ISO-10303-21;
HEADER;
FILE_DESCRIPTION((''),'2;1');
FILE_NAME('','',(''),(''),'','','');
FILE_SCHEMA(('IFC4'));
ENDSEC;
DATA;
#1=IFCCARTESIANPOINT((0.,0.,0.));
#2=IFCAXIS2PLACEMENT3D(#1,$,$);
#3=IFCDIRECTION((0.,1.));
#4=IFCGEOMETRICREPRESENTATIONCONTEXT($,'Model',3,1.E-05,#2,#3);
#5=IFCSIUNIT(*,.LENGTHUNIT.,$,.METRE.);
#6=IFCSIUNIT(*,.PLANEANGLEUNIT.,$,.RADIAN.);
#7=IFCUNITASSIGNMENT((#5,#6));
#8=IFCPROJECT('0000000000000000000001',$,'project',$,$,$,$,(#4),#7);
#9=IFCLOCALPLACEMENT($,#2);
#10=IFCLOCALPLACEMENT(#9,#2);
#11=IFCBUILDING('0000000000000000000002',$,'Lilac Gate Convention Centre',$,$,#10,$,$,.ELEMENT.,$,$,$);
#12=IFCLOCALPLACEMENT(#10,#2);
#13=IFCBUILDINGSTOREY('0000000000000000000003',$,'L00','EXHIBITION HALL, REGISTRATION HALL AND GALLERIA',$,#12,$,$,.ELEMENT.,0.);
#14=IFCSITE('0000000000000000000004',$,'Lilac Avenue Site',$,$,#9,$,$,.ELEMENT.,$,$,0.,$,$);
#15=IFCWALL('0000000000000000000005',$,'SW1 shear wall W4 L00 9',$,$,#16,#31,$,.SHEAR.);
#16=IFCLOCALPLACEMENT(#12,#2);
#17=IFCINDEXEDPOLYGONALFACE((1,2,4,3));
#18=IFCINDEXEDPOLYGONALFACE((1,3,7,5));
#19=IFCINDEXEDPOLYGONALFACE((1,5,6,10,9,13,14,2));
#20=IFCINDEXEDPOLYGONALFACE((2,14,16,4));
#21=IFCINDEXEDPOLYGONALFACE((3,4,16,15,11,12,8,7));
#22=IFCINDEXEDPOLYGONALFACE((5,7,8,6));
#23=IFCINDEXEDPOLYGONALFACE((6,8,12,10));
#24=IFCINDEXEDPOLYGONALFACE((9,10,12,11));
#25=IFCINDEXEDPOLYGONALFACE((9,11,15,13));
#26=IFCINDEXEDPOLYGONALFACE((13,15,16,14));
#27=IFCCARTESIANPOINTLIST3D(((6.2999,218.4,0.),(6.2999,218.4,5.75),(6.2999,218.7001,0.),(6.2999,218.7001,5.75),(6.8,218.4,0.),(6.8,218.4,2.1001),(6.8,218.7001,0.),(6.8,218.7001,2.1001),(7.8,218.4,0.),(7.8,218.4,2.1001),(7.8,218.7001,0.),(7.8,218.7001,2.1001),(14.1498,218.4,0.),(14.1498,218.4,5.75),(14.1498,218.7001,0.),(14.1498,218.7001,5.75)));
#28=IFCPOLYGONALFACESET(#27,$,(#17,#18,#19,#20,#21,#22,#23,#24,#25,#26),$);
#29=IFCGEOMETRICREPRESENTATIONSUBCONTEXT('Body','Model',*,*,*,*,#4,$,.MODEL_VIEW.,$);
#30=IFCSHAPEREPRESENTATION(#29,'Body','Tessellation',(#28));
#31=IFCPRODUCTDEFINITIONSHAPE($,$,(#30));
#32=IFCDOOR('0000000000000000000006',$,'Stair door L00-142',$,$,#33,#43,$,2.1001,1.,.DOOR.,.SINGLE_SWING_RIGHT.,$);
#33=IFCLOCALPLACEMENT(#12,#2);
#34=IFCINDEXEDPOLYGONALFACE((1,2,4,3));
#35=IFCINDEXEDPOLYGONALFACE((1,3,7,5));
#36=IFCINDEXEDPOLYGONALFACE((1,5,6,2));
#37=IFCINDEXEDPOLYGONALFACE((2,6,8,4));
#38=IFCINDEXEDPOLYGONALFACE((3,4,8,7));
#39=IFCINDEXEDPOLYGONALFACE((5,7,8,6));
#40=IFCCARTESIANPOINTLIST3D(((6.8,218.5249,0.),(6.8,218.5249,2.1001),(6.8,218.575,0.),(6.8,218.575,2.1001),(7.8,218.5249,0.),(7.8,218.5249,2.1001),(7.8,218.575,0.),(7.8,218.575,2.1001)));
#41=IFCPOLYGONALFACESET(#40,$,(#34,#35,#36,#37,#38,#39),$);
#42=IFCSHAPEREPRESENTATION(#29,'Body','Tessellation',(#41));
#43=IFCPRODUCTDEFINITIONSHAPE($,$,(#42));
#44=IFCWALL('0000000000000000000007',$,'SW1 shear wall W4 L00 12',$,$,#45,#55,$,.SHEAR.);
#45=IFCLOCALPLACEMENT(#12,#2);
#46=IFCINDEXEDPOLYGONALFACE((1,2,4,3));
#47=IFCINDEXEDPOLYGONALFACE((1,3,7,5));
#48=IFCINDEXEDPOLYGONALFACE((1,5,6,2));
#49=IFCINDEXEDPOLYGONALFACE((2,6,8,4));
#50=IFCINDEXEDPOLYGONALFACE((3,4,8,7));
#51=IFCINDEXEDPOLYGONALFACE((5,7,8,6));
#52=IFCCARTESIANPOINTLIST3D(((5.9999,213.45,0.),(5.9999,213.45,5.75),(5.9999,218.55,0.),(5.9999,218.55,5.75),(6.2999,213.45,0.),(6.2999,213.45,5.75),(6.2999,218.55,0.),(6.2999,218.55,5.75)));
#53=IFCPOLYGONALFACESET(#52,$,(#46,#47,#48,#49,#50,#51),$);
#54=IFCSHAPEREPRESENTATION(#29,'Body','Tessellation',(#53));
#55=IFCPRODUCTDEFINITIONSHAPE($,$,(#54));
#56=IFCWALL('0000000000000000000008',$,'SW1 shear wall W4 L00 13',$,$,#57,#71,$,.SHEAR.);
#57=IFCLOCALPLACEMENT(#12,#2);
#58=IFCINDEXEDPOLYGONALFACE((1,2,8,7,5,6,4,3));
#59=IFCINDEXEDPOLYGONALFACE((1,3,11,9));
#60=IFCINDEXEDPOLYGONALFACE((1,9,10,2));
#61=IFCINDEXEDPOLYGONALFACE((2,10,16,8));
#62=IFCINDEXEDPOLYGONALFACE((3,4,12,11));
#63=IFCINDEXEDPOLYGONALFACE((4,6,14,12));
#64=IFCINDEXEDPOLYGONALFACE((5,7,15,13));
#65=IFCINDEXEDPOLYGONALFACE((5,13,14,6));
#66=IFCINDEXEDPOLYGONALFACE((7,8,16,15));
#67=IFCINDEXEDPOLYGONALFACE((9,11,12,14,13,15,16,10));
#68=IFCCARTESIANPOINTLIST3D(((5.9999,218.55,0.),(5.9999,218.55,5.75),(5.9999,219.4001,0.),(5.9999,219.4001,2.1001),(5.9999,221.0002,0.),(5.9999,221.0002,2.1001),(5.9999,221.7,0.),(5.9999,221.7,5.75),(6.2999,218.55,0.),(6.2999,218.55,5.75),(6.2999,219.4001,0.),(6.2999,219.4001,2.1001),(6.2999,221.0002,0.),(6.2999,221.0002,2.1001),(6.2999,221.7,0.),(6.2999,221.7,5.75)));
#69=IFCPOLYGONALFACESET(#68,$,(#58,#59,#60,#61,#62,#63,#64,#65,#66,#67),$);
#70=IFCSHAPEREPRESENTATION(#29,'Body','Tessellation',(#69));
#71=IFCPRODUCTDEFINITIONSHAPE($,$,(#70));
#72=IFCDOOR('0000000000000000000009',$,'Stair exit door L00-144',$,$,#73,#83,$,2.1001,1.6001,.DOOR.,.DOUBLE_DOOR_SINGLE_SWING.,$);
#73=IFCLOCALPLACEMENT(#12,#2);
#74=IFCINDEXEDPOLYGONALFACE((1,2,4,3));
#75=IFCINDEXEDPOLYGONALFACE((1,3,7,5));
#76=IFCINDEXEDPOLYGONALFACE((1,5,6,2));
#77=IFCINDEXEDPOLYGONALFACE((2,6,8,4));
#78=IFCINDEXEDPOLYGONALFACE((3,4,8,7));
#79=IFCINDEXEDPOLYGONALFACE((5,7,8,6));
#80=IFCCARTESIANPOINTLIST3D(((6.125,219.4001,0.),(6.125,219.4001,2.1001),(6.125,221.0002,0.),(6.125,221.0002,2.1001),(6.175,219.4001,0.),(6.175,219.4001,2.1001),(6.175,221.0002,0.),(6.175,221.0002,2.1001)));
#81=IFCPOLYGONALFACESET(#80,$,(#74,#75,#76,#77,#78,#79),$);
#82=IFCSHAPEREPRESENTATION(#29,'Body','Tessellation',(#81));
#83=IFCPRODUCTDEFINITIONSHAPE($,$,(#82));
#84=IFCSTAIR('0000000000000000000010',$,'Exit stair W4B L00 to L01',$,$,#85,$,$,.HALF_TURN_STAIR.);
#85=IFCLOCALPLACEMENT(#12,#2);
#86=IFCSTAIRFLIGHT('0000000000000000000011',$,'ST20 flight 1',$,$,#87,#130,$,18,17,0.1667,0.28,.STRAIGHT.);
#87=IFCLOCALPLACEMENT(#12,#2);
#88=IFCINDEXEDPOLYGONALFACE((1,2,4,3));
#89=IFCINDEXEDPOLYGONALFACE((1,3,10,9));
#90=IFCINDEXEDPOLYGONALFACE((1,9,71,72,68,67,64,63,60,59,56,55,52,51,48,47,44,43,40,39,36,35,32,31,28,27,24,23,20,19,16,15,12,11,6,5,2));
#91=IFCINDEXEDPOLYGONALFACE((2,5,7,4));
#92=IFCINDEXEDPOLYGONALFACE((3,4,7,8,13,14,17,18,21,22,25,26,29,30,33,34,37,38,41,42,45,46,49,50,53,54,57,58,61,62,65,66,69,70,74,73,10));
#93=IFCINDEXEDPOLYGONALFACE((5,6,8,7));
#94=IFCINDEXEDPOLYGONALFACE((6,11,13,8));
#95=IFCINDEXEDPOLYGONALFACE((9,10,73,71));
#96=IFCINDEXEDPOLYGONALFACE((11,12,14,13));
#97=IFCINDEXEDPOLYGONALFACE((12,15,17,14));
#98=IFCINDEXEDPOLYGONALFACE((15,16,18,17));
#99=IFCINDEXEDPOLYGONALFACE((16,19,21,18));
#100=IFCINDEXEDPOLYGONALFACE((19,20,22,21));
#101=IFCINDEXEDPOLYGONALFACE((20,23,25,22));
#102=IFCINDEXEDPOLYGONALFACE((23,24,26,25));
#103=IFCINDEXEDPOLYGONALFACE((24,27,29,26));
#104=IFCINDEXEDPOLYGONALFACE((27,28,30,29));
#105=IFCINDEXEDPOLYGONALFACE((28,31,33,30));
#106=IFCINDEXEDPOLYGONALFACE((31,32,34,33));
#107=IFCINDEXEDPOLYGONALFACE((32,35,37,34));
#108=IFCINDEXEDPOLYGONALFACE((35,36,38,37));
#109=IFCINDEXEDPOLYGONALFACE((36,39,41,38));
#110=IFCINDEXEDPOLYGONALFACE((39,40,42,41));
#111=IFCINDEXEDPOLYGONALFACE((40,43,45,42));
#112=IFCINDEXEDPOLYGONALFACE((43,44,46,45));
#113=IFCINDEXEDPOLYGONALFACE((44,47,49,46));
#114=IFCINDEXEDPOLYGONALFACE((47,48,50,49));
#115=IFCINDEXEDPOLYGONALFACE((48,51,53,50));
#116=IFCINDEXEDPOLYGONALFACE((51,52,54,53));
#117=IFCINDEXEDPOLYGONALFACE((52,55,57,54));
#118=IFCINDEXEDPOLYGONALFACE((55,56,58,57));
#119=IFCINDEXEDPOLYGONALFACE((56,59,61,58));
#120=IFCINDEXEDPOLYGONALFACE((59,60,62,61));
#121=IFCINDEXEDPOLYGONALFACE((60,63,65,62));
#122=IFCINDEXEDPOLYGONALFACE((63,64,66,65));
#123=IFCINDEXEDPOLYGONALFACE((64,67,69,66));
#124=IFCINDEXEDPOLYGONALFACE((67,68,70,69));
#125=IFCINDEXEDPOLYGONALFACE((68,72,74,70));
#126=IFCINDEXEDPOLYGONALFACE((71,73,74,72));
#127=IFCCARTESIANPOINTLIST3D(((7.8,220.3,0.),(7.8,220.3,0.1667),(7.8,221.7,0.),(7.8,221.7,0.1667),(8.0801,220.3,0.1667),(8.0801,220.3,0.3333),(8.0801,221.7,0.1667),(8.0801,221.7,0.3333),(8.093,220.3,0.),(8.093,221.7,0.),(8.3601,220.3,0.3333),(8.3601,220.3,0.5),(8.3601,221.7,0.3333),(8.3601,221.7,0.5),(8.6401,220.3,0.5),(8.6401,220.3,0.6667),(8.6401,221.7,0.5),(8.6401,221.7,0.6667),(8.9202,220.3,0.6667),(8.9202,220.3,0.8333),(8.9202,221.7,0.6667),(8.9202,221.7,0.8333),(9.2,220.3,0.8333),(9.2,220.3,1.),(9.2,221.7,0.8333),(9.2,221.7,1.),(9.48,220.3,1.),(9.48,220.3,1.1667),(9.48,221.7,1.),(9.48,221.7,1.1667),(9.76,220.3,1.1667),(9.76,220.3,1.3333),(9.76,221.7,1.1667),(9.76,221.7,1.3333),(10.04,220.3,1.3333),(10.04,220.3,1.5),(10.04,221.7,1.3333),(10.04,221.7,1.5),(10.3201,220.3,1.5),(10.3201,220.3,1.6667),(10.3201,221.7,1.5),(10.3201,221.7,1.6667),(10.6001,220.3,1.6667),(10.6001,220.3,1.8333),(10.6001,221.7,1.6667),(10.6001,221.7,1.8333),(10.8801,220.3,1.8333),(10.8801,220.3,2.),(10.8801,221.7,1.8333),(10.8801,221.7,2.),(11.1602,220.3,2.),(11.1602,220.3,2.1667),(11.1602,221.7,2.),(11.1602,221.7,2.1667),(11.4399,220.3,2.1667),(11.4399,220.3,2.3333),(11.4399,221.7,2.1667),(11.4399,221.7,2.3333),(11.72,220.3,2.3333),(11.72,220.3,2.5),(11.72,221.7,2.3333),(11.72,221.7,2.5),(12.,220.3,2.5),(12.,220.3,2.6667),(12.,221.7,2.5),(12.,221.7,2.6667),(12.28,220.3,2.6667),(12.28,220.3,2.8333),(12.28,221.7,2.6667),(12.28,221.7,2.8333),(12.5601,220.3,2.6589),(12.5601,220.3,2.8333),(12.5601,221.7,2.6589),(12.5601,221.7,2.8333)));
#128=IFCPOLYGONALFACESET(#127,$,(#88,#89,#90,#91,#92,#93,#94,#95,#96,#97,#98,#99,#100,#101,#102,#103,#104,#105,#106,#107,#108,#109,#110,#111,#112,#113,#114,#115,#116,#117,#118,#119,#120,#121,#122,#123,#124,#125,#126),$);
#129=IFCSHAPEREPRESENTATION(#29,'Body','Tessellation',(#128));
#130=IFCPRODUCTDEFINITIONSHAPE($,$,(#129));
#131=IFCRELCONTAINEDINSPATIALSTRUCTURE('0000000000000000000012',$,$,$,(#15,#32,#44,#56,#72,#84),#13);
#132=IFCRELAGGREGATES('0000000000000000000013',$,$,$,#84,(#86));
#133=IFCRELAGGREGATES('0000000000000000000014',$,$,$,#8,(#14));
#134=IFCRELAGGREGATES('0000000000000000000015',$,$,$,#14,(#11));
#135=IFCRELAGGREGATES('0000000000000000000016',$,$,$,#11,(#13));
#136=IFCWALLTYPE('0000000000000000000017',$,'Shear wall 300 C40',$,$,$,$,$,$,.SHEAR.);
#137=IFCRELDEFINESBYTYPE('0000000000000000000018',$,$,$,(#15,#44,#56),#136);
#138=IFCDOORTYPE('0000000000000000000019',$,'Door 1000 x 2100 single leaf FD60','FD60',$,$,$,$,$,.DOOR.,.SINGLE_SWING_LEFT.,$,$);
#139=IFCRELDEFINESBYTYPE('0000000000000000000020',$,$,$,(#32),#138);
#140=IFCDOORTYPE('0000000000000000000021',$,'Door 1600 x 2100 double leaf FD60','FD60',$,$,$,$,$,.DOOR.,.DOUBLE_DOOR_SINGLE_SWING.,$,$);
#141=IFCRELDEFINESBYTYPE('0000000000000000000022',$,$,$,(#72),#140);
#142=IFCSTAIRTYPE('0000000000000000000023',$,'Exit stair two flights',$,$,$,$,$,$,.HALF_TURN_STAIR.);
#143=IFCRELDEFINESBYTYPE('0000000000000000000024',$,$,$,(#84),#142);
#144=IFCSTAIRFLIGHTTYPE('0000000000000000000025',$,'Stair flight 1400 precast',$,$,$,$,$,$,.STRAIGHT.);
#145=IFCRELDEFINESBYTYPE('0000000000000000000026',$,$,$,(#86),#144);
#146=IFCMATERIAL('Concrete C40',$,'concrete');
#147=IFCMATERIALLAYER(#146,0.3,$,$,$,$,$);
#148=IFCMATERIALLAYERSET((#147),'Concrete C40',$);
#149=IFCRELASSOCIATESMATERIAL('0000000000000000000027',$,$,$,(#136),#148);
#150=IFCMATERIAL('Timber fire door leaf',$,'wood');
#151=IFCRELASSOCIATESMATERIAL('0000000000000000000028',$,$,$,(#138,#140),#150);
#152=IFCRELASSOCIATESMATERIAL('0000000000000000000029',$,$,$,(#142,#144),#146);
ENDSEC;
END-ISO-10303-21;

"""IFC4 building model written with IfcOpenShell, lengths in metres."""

from ifc_helpers import new_model, si_unit, direction, frame, frame_2d, origin, place, context, subcontext, project, spatial, polyline, rectangle, outline, extrude, material, layer, layer_set, type_object, element, fill, aggregate, save


model = new_model("IFC4")

# Units and contexts
model_context = context("Model", 3, precision=1e-05, world=origin(), true_north=direction((0.0, 1.0)))
body_context = subcontext(model_context, "Body", "Model", "MODEL_VIEW")
ifc_project = project(units=[si_unit("LENGTHUNIT", "METRE"), si_unit("PLANEANGLEUNIT", "RADIAN")], contexts=[model_context])

# Site, building, storey
site_placement = place(None, origin())
site = spatial("IfcSite", under=ifc_project, at=site_placement, Name="Lilac Avenue Site", CompositionType="ELEMENT", RefElevation=0.0)
building_placement = place(site_placement, origin())
building = spatial("IfcBuilding", under=site, at=building_placement, Name="Lilac Gate Convention Centre", CompositionType="ELEMENT")
storey_placement = place(building_placement, origin())
storey = spatial("IfcBuildingStorey", under=building, at=storey_placement, Name="L00", Description="EXHIBITION HALL, REGISTRATION HALL AND GALLERIA", CompositionType="ELEMENT", Elevation=0.0)

# Shared definitions
ifc_material_1 = material(Name="Concrete C40", Category="concrete")

# Shared definitions
ifc_material_2 = material(Name="Timber fire door leaf", Category="wood")

# Shared definitions
ifc_layer_1 = layer(ifc_material_1, 0.3)
ifc_layer_set_1 = layer_set([ifc_layer_1], Name="Concrete C40")
wall_type_1 = type_object("IfcWallType", Name="Shear wall 300 C40", PredefinedType="SHEAR", material=ifc_layer_set_1)

# Wall, opening, door
door_type_1 = type_object("IfcDoorType", Name="Door 1000 x 2100 single leaf FD60", Description="FD60", OperationType="SINGLE_SWING_LEFT", PredefinedType="DOOR", material=ifc_material_2)
wall_1_placement = place(storey_placement, frame((6.3, 218.55, 0.0), z_axis=(0.0, 0.0, 1.0), x_axis=(1.0, 0.0, 0.0)))
wall_1 = element("IfcWall", 1, at=wall_1_placement, inside=storey, type_object=wall_type_1, Name="SW1 shear wall W4 L00 9", PredefinedType="SHEAR", context=body_context, shape_type="SweptSolid", body=[
    extrude(rectangle(XDim=7.8499, YDim=0.3, at=frame_2d((3.9248, 0.0))), origin(), (0.0, 0.0, 1.0), 5.75),
])
opening_1_placement = place(wall_1_placement, frame((0.5, 0.0, 0.0)))
opening_1 = element("IfcOpeningElement", 2, at=opening_1_placement, cuts=wall_1, PredefinedType="OPENING", context=body_context, shape_type="SweptSolid", body=[
    extrude(rectangle(XDim=1.0, YDim=2.1001, at=frame_2d((0.5, 1.05))), frame((0.0, 0.1599, 0.0), z_axis=(0.0, -1.0, 0.0), x_axis=(1.0, 0.0, 0.0)), (0.0, 0.0, 1.0), 0.3201),
])
door_1_placement = place(opening_1_placement, origin())
door_1 = element("IfcDoor", 3, at=door_1_placement, inside=storey, type_object=door_type_1, Name="Stair door L00-142", OperationType="SINGLE_SWING_RIGHT", OverallHeight=2.1001, OverallWidth=1.0, PredefinedType="DOOR", context=body_context, shape_type="SweptSolid", body=[
    extrude(rectangle(XDim=1.0, YDim=2.1001, at=frame_2d((0.5, 1.05))), frame((0.0, 0.0249, 0.0), z_axis=(0.0, -1.0, 0.0), x_axis=(1.0, 0.0, 0.0)), (0.0, 0.0, 1.0), 0.05),
])
fill(opening_1, door_1)

# Wall
wall_2_placement = place(storey_placement, frame((6.1499, 213.45, 0.0), z_axis=(0.0, 0.0, 1.0), x_axis=(0.0, 1.0, 0.0)))
element("IfcWall", 4, at=wall_2_placement, inside=storey, type_object=wall_type_1, Name="SW1 shear wall W4 L00 12", PredefinedType="SHEAR", context=body_context, shape_type="SweptSolid", body=[
    extrude(rectangle(XDim=5.1001, YDim=0.3, at=frame_2d((2.55, 0.0))), origin(), (0.0, 0.0, 1.0), 5.75),
])

# Wall, opening, door
wall_3_placement = place(storey_placement, frame((6.1499, 218.55, 0.0), z_axis=(0.0, 0.0, 1.0), x_axis=(0.0, 1.0, 0.0)))
wall_3 = element("IfcWall", 5, at=wall_3_placement, inside=storey, type_object=wall_type_1, Name="SW1 shear wall W4 L00 13", PredefinedType="SHEAR", context=body_context, shape_type="SweptSolid", body=[
    extrude(rectangle(XDim=3.1499, YDim=0.3, at=frame_2d((1.575, 0.0))), origin(), (0.0, 0.0, 1.0), 5.75),
])
opening_2_placement = place(wall_3_placement, frame((0.8501, 0.0, 0.0)))
opening_2 = element("IfcOpeningElement", 6, at=opening_2_placement, cuts=wall_3, PredefinedType="OPENING", context=body_context, shape_type="SweptSolid", body=[
    extrude(rectangle(XDim=1.6001, YDim=2.1001, at=frame_2d((0.8, 1.05))), frame((0.0, 0.1599, 0.0), z_axis=(0.0, -1.0, 0.0), x_axis=(1.0, 0.0, 0.0)), (0.0, 0.0, 1.0), 0.3201),
])
door_type_2 = type_object("IfcDoorType", Name="Door 1600 x 2100 double leaf FD60", Description="FD60", OperationType="DOUBLE_DOOR_SINGLE_SWING", PredefinedType="DOOR", material=ifc_material_2)
door_2_placement = place(opening_2_placement, origin())
door_2 = element("IfcDoor", 7, at=door_2_placement, inside=storey, type_object=door_type_2, Name="Stair exit door L00-144", OperationType="DOUBLE_DOOR_SINGLE_SWING", OverallHeight=2.1001, OverallWidth=1.6001, PredefinedType="DOOR", context=body_context, shape_type="SweptSolid", body=[
    extrude(rectangle(XDim=1.6001, YDim=2.1001, at=frame_2d((0.8, 1.05))), frame((0.0, 0.0249, 0.0), z_axis=(0.0, -1.0, 0.0), x_axis=(1.0, 0.0, 0.0)), (0.0, 0.0, 1.0), 0.05),
])
fill(opening_2, door_2)

# Stair, stair flight
stair_type = type_object("IfcStairType", Name="Exit stair two flights", PredefinedType="HALF_TURN_STAIR", material=ifc_material_1)
stair_placement = place(storey_placement, origin())
stair = element("IfcStair", 8, at=stair_placement, inside=storey, type_object=stair_type, Name="Exit stair W4B L00 to L01", PredefinedType="HALF_TURN_STAIR")
stair_flight_type = type_object("IfcStairFlightType", Name="Stair flight 1400 precast", PredefinedType="STRAIGHT", material=ifc_material_1)
stair_flight_placement = place(storey_placement, frame((7.8, 221.0, 0.0), z_axis=(0.0, 0.0, 1.0), x_axis=(1.0, 0.0, 0.0)))
stair_flight = element("IfcStairFlight", 9, at=stair_flight_placement, type_object=stair_flight_type, Name="ST20 flight 1", NumberOfRisers=18, NumberOfTreads=17, PredefinedType="STRAIGHT", RiserHeight=0.1667, TreadLength=0.28, context=body_context, shape_type="SweptSolid", body=[
    extrude(outline(polyline([(0.0, 0.0), (0.0, 0.1667), (0.28, 0.1667), (0.28, 0.3333), (0.5601, 0.3333), (0.5601, 0.5), (0.8401, 0.5), (0.8401, 0.6667), (1.1201, 0.6667), (1.1201, 0.8333), (1.3999, 0.8333), (1.3999, 1.0), (1.6799, 1.0), (1.6799, 1.1667), (1.96, 1.1667), (1.96, 1.3333), (2.24, 1.3333), (2.24, 1.5), (2.52, 1.5), (2.52, 1.6667), (2.8, 1.6667), (2.8, 1.8333), (3.0801, 1.8333), (3.0801, 2.0), (3.3601, 2.0), (3.3601, 2.1667), (3.6399, 2.1667), (3.6399, 2.3333), (3.9199, 2.3333), (3.9199, 2.5), (4.2, 2.5), (4.2, 2.6667), (4.48, 2.6667), (4.48, 2.8333), (4.76, 2.8333), (4.76, 3.0), (4.76, 2.6589), (0.293, 0.0), (0.0, 0.0)])), frame((0.0, 0.7, 0.0), z_axis=(0.0, -1.0, 0.0), x_axis=(1.0, 0.0, 0.0)), (0.0, 0.0, 1.0), 1.3999),
])
aggregate(stair, [stair_flight])

save(model, "model.ifc")
